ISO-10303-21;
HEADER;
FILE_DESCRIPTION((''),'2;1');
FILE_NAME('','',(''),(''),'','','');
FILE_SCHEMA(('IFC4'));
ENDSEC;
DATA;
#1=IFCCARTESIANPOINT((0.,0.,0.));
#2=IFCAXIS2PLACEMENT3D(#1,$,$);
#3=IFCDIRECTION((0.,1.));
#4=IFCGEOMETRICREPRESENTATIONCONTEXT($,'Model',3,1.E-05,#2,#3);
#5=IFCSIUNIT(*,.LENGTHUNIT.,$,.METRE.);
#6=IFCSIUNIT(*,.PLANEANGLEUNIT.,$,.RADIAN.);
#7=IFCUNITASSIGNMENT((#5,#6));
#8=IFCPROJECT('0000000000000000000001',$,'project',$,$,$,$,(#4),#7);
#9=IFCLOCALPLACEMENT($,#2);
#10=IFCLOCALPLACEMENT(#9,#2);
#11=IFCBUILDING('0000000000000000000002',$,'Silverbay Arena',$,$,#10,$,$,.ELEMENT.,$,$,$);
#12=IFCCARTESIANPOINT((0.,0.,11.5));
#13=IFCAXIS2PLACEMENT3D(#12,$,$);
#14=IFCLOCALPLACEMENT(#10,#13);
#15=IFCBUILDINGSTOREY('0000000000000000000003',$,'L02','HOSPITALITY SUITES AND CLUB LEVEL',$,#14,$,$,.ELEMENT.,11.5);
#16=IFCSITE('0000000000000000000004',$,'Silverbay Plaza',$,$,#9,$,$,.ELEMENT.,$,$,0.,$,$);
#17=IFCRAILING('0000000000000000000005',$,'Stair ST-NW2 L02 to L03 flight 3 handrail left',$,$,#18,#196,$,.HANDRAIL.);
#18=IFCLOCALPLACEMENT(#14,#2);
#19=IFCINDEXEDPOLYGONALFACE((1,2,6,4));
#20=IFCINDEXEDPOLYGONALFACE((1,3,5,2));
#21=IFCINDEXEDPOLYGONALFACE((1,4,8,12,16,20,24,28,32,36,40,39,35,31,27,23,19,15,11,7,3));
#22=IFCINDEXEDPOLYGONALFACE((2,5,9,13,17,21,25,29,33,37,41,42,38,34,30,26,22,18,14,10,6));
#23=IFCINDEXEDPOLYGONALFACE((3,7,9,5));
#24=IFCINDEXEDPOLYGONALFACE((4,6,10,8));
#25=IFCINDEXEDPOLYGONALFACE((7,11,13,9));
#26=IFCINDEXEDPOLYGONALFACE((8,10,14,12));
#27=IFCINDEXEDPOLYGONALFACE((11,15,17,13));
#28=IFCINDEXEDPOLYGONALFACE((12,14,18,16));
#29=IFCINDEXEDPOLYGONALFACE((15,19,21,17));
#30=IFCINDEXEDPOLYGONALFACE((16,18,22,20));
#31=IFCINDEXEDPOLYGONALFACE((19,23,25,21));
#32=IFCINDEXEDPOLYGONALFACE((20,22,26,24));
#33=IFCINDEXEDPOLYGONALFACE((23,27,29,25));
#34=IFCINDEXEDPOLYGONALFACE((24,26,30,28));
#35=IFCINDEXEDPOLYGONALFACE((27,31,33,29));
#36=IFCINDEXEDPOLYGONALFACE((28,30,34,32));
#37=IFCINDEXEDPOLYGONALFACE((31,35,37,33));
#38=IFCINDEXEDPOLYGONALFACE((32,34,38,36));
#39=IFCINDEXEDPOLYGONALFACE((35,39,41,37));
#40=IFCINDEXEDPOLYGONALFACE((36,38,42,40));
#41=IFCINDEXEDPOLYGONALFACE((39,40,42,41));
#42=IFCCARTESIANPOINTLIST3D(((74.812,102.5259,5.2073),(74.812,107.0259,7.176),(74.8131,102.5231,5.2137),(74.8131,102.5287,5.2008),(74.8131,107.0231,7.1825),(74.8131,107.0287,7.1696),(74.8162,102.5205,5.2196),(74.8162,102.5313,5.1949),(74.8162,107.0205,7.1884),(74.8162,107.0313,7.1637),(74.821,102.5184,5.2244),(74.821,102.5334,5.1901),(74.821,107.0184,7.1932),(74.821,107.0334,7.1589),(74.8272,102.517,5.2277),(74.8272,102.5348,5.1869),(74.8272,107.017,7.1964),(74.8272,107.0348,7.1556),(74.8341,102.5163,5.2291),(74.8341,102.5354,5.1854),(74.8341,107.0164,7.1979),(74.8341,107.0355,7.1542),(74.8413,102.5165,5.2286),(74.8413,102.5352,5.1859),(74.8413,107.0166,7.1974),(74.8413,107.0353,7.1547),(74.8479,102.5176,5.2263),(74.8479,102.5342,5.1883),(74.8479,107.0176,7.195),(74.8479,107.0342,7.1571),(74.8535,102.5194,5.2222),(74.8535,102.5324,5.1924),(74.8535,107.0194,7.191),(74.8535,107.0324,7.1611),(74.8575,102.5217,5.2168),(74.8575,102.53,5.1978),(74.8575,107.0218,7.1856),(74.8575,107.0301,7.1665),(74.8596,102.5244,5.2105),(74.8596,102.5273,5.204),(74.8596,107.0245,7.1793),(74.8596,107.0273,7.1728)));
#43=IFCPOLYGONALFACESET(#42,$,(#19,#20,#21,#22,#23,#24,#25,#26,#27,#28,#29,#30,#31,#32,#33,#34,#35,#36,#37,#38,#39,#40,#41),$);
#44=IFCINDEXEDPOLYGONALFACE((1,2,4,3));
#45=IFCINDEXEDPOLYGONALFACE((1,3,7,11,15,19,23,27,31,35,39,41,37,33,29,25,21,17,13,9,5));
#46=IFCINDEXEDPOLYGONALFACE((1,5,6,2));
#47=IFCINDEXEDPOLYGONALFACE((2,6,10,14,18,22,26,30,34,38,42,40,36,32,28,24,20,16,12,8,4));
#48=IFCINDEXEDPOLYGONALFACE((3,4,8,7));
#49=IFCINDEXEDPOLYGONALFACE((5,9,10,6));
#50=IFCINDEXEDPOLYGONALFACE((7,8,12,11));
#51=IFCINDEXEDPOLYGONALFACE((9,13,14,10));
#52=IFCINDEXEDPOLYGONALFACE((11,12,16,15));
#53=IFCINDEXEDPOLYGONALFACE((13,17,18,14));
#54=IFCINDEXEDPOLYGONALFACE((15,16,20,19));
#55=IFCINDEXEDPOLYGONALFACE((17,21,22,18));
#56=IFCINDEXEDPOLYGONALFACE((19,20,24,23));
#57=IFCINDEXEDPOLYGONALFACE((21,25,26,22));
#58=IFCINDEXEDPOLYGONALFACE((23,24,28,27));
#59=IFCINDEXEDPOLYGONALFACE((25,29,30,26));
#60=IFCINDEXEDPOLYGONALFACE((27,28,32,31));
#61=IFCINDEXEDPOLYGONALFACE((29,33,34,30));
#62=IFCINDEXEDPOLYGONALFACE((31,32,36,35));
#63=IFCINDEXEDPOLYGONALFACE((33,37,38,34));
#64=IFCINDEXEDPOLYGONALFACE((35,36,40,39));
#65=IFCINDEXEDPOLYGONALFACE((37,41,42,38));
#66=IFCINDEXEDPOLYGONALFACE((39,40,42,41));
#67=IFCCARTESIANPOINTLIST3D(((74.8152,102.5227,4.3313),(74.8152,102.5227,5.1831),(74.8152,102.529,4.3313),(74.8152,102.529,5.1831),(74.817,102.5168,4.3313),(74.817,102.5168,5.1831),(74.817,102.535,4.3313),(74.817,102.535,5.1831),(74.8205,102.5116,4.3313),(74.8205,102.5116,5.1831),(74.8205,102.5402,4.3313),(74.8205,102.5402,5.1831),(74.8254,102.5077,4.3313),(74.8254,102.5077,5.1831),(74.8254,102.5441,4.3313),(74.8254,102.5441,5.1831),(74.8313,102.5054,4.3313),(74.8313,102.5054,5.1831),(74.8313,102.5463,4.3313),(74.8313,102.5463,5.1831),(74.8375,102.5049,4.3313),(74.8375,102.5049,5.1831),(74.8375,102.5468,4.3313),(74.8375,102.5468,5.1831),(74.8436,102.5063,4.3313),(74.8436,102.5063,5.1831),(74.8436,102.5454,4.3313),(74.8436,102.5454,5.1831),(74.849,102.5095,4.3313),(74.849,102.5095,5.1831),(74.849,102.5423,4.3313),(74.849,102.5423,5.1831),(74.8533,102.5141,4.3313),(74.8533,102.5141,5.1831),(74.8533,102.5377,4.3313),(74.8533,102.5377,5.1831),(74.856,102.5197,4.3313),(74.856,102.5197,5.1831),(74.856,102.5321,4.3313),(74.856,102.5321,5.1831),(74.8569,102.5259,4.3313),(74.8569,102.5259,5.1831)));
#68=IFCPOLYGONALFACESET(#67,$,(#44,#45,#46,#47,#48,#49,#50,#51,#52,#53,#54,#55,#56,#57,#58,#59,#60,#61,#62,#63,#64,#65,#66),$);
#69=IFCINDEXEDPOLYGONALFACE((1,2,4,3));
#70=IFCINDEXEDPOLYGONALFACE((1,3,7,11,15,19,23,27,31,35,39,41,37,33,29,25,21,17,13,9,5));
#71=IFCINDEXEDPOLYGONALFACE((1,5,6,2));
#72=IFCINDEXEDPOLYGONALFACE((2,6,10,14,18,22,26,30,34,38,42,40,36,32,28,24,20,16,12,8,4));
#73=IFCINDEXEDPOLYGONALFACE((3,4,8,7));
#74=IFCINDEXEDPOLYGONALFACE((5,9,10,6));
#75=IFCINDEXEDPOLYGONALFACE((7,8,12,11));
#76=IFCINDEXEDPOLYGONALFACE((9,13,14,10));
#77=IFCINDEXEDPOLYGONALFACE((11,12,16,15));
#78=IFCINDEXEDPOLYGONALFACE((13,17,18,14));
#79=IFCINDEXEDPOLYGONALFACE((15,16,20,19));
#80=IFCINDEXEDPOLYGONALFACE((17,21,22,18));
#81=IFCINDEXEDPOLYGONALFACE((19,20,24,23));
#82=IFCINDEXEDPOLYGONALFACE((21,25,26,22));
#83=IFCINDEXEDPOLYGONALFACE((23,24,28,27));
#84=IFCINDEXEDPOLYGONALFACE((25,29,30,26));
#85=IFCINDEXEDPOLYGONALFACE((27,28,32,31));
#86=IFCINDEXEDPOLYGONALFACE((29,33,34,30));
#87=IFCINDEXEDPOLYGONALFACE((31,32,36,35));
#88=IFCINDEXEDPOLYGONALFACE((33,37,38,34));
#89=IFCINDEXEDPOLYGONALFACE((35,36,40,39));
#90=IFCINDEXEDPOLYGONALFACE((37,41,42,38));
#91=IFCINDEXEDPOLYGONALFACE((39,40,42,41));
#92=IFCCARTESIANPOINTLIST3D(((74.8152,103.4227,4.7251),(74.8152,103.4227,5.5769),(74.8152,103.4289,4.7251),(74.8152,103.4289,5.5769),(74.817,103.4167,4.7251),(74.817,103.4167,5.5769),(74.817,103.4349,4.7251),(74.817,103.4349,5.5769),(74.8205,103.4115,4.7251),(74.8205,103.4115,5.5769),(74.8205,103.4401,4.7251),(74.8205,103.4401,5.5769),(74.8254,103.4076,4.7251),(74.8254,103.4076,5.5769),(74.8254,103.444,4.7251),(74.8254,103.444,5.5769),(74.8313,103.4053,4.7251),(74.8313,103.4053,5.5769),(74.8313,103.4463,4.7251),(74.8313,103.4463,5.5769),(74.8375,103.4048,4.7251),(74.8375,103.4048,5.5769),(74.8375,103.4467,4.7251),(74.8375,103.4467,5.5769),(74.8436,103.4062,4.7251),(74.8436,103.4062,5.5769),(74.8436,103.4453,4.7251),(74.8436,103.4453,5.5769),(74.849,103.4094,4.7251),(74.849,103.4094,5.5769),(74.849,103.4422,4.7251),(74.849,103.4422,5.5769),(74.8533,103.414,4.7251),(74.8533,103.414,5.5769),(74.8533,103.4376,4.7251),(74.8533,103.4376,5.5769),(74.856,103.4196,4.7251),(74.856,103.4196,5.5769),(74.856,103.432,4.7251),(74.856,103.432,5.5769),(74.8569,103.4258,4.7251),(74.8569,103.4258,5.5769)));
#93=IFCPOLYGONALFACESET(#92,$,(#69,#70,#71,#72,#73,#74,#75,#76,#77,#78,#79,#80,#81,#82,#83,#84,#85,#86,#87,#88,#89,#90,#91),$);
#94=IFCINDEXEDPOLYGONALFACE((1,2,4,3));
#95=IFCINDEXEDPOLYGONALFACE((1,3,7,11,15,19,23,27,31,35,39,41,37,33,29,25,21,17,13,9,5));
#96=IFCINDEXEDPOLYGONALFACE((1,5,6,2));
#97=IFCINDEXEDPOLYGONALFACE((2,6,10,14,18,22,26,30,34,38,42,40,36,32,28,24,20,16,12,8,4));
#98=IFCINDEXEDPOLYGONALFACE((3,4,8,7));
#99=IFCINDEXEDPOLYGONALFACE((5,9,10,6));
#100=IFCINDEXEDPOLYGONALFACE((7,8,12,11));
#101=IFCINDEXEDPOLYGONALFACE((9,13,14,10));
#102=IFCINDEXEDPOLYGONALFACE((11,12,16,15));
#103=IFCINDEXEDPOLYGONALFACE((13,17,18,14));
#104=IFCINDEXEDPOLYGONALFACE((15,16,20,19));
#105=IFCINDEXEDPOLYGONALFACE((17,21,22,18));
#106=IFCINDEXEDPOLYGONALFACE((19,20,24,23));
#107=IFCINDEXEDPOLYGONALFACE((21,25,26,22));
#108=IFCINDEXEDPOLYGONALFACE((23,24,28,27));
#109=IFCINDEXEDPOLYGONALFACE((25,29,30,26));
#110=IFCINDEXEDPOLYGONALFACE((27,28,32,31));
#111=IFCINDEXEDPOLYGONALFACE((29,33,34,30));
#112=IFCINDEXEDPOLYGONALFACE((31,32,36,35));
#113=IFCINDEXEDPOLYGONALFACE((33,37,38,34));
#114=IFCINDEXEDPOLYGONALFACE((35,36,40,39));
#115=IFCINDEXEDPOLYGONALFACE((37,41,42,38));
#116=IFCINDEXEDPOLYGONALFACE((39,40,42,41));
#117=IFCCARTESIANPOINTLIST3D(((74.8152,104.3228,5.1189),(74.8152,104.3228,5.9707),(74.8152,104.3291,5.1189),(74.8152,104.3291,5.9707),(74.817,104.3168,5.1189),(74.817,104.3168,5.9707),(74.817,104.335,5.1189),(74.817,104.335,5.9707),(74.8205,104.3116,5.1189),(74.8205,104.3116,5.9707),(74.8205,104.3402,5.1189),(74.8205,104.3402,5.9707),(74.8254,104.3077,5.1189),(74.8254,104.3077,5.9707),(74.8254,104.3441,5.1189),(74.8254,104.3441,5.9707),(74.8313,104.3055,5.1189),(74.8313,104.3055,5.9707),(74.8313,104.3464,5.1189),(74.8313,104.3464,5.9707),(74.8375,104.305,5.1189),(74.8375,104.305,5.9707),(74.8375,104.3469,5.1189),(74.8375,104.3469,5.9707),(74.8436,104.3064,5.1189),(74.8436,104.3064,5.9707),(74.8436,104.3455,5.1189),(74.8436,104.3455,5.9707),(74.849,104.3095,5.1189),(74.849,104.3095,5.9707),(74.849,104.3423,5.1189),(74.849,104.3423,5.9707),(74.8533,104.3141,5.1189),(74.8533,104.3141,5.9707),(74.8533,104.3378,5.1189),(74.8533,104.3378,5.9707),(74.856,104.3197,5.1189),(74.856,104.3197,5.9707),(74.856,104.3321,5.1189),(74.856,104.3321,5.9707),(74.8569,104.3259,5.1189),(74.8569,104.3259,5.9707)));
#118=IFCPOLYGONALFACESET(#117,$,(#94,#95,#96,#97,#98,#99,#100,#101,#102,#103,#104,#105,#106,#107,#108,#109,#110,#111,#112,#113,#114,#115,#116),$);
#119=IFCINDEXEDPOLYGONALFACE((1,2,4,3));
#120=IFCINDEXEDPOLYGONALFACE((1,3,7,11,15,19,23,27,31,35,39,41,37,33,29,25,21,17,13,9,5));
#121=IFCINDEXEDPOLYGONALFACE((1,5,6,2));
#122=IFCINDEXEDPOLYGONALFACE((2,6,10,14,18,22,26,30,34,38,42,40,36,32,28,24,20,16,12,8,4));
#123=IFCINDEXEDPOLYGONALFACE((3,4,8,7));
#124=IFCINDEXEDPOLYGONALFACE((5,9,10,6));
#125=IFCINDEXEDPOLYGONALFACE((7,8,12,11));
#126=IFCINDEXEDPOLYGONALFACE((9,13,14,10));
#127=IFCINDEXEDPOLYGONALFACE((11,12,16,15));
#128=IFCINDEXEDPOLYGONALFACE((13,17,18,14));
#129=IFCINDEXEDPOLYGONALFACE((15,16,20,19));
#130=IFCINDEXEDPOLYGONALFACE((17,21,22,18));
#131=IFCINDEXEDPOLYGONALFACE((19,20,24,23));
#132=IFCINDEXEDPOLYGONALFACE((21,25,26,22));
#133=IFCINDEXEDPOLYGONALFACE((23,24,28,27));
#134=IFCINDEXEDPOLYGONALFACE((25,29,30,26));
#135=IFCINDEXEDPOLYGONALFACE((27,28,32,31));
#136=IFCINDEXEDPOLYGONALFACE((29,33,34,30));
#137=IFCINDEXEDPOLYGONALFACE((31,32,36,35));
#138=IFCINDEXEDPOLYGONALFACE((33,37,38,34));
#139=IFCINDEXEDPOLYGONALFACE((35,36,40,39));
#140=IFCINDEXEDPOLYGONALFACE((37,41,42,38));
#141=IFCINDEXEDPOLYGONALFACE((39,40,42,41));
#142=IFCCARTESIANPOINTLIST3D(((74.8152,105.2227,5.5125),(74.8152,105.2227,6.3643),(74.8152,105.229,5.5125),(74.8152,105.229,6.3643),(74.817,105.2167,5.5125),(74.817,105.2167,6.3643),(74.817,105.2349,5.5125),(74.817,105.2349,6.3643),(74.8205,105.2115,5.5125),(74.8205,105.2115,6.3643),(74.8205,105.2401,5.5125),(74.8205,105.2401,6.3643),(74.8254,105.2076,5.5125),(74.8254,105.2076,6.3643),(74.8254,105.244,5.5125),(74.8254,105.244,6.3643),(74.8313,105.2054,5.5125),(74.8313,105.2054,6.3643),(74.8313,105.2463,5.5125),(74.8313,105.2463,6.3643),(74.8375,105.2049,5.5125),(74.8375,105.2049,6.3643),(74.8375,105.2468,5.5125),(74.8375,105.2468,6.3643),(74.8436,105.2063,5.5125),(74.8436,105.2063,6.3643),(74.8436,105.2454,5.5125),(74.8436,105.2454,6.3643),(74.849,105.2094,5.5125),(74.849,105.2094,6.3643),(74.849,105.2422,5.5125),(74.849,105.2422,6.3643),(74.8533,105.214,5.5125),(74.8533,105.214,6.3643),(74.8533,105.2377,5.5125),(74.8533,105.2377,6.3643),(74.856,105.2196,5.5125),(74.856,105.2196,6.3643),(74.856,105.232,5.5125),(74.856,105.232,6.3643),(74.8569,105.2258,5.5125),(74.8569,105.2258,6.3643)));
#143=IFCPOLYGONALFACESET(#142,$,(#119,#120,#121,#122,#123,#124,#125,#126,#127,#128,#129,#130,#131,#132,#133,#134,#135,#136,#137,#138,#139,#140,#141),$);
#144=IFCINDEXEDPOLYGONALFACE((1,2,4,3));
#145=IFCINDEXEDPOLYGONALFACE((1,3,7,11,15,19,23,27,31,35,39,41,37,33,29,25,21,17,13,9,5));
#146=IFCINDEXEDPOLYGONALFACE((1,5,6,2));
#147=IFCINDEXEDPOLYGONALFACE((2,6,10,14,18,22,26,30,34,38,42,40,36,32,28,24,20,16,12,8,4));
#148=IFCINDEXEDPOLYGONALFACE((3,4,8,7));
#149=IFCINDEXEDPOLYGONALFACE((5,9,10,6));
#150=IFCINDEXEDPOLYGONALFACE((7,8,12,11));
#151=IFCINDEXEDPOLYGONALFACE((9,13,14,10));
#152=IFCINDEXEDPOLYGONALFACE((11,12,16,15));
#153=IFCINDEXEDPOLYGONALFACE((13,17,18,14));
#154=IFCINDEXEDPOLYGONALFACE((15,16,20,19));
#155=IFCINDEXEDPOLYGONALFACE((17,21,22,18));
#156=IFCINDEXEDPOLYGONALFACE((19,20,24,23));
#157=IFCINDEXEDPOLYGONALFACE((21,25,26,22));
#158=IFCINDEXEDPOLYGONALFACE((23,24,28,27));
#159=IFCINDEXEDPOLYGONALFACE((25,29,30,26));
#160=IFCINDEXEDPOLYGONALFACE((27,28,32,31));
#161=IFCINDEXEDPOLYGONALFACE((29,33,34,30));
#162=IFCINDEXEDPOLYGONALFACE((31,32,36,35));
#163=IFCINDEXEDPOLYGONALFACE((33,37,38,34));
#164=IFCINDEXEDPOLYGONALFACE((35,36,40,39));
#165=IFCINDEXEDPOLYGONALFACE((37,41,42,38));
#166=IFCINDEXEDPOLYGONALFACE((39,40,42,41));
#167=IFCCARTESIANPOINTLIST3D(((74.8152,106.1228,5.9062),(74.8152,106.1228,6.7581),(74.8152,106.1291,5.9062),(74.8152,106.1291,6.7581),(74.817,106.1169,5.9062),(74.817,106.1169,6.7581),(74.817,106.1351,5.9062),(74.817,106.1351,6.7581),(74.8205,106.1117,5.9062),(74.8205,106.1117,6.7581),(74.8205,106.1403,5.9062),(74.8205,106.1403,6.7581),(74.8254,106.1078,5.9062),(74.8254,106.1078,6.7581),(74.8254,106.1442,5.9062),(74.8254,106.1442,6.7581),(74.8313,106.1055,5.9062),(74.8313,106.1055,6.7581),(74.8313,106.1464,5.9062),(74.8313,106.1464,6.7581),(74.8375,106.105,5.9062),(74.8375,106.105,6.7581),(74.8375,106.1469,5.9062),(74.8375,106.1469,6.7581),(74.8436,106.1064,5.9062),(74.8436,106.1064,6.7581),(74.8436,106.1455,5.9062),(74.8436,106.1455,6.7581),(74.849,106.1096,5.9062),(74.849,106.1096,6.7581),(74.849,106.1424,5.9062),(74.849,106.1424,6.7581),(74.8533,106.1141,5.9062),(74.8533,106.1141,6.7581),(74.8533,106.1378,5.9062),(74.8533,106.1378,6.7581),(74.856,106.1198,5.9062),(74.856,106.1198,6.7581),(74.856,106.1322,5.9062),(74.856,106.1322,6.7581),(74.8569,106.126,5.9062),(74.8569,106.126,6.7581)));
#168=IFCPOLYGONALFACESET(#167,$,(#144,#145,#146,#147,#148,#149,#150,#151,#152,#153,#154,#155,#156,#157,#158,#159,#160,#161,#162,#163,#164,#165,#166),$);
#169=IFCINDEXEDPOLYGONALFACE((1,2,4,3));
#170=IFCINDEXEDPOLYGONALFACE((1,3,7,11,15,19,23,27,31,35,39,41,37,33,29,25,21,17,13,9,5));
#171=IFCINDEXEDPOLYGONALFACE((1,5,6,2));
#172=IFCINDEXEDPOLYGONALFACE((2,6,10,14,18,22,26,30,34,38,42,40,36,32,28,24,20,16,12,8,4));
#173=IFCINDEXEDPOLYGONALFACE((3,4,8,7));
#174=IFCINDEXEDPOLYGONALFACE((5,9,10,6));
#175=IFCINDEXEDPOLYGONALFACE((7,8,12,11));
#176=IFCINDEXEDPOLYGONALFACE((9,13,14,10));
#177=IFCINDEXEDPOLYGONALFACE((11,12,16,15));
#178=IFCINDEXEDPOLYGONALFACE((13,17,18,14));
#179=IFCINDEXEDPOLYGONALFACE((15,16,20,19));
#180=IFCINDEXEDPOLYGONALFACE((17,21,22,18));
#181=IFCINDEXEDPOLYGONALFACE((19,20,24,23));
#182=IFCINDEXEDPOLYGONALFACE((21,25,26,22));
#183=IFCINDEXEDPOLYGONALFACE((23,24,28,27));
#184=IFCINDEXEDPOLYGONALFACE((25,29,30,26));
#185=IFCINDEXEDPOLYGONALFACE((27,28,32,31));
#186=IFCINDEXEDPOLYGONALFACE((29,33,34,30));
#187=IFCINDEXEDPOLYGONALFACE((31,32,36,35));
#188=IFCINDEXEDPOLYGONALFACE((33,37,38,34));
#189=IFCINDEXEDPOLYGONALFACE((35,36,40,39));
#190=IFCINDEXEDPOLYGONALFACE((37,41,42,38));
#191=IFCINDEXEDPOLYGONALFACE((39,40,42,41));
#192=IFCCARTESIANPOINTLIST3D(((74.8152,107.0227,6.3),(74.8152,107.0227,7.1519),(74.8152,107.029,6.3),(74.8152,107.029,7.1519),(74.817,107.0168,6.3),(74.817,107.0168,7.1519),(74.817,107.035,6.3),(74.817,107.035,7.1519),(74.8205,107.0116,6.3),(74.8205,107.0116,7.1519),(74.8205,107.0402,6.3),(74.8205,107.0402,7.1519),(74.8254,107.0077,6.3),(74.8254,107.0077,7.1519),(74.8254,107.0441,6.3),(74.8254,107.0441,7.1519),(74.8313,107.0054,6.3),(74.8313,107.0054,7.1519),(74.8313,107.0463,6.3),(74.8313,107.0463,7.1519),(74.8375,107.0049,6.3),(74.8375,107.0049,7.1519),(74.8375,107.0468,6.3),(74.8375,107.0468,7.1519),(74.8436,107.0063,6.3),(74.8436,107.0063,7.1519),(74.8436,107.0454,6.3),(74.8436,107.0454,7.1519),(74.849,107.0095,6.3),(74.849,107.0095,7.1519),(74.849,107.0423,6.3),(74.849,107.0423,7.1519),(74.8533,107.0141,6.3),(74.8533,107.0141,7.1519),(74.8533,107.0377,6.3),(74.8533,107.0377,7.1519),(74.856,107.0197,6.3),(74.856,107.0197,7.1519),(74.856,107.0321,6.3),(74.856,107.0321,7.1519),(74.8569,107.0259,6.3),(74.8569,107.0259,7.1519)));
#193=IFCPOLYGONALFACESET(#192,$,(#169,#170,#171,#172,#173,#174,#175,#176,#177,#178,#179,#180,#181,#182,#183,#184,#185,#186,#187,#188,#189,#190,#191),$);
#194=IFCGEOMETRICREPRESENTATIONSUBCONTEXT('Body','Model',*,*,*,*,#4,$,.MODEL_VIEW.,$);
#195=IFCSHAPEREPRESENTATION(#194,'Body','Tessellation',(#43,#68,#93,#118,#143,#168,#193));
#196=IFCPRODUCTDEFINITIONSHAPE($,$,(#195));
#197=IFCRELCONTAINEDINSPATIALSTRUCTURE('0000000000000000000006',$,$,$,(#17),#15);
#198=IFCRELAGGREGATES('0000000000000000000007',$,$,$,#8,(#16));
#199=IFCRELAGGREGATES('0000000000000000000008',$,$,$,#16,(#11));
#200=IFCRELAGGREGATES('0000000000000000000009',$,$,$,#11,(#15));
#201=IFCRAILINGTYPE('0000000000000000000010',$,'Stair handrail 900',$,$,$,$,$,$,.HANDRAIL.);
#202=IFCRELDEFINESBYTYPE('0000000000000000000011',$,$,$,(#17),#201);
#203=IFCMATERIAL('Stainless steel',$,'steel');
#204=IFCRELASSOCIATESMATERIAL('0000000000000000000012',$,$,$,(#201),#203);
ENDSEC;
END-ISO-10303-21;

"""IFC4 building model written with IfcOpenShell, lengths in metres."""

from ifc_helpers import new_model, si_unit, direction, frame, origin, origin_2d, place, context, subcontext, project, spatial, circle, extrude, material, type_object, element, save


model = new_model("IFC4")

# Units and contexts
model_context = context("Model", 3, precision=1e-05, world=origin(), true_north=direction((0.0, 1.0)))
body_context = subcontext(model_context, "Body", "Model", "MODEL_VIEW")
ifc_project = project(units=[si_unit("LENGTHUNIT", "METRE"), si_unit("PLANEANGLEUNIT", "RADIAN")], contexts=[model_context])

# Site, building, storey
site_placement = place(None, origin())
site = spatial("IfcSite", under=ifc_project, at=site_placement, Name="Silverbay Plaza", CompositionType="ELEMENT", RefElevation=0.0)
building_placement = place(site_placement, origin())
building = spatial("IfcBuilding", under=site, at=building_placement, Name="Silverbay Arena", CompositionType="ELEMENT")
storey_placement = place(building_placement, frame((0.0, 0.0, 11.5)))
storey = spatial("IfcBuildingStorey", under=building, at=storey_placement, Name="L02", Description="HOSPITALITY SUITES AND CLUB LEVEL", CompositionType="ELEMENT", Elevation=11.5)

# Railing
ifc_material_1 = material(Name="Stainless steel", Category="steel")
railing_type_1 = type_object("IfcRailingType", Name="Stair handrail 900", PredefinedType="HANDRAIL", material=ifc_material_1)
railing_1_placement = place(storey_placement, frame((74.8359, 102.5259, 4.3313)))
element("IfcRailing", 1, at=railing_1_placement, inside=storey, type_object=railing_type_1, Name="Stair ST-NW2 L02 to L03 flight 3 handrail left", PredefinedType="HANDRAIL", context=body_context, shape_type="SweptSolid", body=[
    extrude(circle(Radius=0.0239, at=origin_2d()), frame((0.0, 0.0, 0.876), z_axis=(0.0, 0.916157, 0.400819), x_axis=(-1.0, 0.0, 0.0)), (0.0, 0.0, 1.0), 4.9119),
    extrude(circle(Radius=0.021, at=origin_2d()), origin(), (0.0, 0.0, 1.0), 0.8518),
    extrude(circle(Radius=0.021, at=origin_2d()), frame((0.0, 0.8999, 0.3938)), (0.0, 0.0, 1.0), 0.8518),
    extrude(circle(Radius=0.021, at=origin_2d()), frame((0.0, 1.8, 0.7876)), (0.0, 0.0, 1.0), 0.8518),
    extrude(circle(Radius=0.021, at=origin_2d()), frame((0.0, 2.7, 1.1812)), (0.0, 0.0, 1.0), 0.8518),
    extrude(circle(Radius=0.021, at=origin_2d()), frame((0.0, 3.6001, 1.575)), (0.0, 0.0, 1.0), 0.8518),
    extrude(circle(Radius=0.021, at=origin_2d()), frame((0.0, 4.5, 1.9688)), (0.0, 0.0, 1.0), 0.8518),
])

save(model, "model.ifc")
